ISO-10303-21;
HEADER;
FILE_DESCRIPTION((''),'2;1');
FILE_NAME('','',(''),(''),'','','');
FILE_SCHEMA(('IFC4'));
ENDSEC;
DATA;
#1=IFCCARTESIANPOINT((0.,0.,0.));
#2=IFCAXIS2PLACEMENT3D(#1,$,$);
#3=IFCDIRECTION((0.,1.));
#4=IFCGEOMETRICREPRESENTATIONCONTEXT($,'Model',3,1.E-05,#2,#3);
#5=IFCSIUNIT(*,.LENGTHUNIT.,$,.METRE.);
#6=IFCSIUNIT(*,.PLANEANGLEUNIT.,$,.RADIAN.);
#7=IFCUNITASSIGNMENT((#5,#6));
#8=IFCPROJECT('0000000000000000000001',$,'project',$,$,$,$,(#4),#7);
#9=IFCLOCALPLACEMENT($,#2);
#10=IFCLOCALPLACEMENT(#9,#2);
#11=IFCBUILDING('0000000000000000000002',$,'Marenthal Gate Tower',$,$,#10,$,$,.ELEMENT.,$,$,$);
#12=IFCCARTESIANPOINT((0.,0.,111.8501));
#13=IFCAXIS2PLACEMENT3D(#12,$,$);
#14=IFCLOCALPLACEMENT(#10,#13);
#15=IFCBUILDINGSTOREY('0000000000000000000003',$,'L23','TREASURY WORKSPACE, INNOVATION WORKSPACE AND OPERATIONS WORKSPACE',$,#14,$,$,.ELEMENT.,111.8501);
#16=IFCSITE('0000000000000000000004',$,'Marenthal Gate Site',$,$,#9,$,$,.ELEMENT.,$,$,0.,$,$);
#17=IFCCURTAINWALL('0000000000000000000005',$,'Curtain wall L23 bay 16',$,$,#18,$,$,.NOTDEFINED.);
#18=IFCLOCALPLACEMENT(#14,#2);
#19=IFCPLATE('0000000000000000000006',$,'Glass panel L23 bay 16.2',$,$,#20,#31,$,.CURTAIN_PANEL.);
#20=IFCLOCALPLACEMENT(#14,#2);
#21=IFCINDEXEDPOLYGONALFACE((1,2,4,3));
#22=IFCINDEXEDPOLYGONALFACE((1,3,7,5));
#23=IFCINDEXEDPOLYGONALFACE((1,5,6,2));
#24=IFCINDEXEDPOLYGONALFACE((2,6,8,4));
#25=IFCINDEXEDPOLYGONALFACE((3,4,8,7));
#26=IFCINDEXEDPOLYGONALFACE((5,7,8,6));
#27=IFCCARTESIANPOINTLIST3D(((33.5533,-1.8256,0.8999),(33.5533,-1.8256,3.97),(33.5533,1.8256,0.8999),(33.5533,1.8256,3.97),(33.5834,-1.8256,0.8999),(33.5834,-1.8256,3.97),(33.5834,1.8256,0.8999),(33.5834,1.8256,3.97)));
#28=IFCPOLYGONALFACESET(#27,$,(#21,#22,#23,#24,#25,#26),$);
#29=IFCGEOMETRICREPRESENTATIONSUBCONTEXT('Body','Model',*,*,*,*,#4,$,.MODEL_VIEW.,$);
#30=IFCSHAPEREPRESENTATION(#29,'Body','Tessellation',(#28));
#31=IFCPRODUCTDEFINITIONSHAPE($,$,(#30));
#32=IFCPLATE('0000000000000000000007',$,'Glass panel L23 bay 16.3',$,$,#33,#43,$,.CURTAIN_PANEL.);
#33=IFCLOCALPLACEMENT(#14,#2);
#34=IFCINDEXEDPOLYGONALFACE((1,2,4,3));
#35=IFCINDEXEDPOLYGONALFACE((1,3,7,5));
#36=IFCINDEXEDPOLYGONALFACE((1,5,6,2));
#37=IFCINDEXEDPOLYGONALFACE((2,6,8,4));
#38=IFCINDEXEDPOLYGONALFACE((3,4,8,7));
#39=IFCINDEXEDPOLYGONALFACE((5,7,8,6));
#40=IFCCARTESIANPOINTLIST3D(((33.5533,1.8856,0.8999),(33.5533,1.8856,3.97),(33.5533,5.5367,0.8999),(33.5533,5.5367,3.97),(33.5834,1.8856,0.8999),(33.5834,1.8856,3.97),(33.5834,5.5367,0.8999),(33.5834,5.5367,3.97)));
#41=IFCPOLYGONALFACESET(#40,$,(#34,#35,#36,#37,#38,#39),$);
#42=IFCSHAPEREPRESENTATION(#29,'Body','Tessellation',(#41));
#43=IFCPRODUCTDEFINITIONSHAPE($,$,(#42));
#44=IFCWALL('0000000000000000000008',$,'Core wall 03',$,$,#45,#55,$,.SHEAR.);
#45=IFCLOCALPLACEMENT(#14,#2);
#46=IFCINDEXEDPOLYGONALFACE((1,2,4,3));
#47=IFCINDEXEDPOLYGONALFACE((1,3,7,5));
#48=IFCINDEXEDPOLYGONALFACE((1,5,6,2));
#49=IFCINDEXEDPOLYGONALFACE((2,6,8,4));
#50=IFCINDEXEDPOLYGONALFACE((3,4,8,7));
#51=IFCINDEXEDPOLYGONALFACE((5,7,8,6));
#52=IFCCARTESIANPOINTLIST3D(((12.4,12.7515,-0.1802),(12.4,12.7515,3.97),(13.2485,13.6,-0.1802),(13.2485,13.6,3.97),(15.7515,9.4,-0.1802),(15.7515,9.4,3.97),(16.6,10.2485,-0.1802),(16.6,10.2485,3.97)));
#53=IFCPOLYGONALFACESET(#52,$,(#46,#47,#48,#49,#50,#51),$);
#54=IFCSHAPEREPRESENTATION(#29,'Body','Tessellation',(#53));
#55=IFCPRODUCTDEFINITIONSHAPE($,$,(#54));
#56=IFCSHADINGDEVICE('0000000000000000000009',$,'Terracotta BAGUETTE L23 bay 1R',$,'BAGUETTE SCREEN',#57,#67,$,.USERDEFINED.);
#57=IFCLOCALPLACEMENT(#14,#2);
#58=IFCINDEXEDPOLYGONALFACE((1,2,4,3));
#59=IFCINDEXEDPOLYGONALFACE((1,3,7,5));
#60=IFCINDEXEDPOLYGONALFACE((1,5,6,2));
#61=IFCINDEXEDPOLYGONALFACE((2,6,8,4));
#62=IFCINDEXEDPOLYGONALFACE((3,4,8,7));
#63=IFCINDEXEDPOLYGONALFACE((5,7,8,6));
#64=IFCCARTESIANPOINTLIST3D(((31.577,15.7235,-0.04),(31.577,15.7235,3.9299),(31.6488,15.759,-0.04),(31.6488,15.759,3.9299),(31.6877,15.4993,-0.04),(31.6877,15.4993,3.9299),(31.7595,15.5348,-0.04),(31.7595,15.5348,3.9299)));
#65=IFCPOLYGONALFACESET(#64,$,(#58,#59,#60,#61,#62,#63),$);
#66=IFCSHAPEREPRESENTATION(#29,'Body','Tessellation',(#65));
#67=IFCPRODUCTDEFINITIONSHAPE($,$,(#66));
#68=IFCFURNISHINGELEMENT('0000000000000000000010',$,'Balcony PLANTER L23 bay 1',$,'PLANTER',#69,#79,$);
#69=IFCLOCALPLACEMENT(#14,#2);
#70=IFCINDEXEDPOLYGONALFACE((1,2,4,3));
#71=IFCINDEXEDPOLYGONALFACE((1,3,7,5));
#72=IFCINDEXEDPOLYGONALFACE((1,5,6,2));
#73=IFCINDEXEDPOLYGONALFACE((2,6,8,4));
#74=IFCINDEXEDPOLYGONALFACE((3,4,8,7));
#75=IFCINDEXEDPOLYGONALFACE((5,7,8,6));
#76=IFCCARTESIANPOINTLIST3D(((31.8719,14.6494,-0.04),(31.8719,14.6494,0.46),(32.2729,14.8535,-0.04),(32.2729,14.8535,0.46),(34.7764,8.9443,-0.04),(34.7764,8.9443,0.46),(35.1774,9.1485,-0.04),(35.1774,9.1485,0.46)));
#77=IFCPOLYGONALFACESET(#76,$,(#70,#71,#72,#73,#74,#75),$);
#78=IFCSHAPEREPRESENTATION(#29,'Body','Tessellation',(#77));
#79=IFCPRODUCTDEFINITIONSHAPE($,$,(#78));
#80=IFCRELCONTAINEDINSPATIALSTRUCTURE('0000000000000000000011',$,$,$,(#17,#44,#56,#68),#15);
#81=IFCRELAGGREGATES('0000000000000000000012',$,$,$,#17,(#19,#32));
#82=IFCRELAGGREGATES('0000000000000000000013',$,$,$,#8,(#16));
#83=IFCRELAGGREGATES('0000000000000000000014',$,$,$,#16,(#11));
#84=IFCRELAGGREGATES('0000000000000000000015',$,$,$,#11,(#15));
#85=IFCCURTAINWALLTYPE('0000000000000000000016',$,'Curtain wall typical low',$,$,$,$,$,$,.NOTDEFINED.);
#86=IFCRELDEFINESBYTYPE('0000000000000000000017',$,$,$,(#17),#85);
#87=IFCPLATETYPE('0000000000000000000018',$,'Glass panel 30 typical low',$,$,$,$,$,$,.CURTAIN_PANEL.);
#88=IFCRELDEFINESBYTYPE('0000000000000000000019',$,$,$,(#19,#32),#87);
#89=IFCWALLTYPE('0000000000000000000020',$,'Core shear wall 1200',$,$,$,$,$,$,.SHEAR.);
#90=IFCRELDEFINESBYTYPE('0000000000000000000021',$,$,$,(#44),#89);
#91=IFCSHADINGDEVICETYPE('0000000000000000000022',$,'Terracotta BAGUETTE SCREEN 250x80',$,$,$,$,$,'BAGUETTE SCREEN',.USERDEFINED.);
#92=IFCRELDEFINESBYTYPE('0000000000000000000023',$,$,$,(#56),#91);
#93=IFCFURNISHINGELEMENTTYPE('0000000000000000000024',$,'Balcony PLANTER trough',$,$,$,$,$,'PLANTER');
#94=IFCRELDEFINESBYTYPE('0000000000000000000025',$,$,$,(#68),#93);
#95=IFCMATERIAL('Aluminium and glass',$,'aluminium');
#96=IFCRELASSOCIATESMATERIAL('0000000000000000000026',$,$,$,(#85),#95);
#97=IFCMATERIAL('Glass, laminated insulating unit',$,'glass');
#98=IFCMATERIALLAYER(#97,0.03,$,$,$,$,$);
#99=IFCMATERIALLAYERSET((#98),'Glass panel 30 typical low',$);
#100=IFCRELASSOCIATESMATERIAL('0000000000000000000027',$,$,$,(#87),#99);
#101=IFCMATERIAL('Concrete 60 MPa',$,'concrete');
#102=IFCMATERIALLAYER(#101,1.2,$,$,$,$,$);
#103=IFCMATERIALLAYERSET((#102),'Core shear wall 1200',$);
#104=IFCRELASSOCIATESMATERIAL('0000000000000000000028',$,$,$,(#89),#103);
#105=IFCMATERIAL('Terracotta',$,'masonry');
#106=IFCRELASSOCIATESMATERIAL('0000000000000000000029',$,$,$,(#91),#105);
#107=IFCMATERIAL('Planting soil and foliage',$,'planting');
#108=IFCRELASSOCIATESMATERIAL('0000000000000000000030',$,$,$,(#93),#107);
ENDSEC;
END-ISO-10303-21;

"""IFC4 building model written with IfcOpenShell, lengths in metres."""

from ifc_helpers import new_model, si_unit, direction, frame, frame_2d, origin, origin_2d, place, context, subcontext, project, spatial, rectangle, extrude, material, layer, layer_set, material_profile, profile_set, type_object, element, aggregate, save


model = new_model("IFC4")

# Units and contexts
model_context = context("Model", 3, precision=1e-05, world=origin(), true_north=direction((0.0, 1.0)))
body_context = subcontext(model_context, "Body", "Model", "MODEL_VIEW")
ifc_project = project(units=[si_unit("LENGTHUNIT", "METRE"), si_unit("PLANEANGLEUNIT", "RADIAN")], contexts=[model_context])

# Site, building, storey
site_placement = place(None, origin())
site = spatial("IfcSite", under=ifc_project, at=site_placement, Name="Marenthal Gate Site", CompositionType="ELEMENT", RefElevation=0.0)
building_placement = place(site_placement, origin())
building = spatial("IfcBuilding", under=site, at=building_placement, Name="Marenthal Gate Tower", CompositionType="ELEMENT")
storey_placement = place(building_placement, frame((0.0, 0.0, 111.8501)))
storey = spatial("IfcBuildingStorey", under=building, at=storey_placement, Name="L23", Description="TREASURY WORKSPACE, INNOVATION WORKSPACE AND OPERATIONS WORKSPACE", CompositionType="ELEMENT", Elevation=111.8501)

# Curtain wall
ifc_material_1 = material(Name="Aluminium and glass", Category="aluminium")
curtain_wall_type = type_object("IfcCurtainWallType", Name="Curtain wall typical low", PredefinedType="NOTDEFINED", material=ifc_material_1)
curtain_wall_placement = place(storey_placement, origin())
curtain_wall = element("IfcCurtainWall", 1, at=curtain_wall_placement, inside=storey, type_object=curtain_wall_type, Name="Curtain wall L23 bay 16", PredefinedType="NOTDEFINED")

# Plates
ifc_material_2 = material(Name="Glass, laminated insulating unit", Category="glass")
ifc_layer_1 = layer(ifc_material_2, 0.03)
ifc_layer_set_1 = layer_set([ifc_layer_1], Name="Glass panel 30 typical low")
plate_type = type_object("IfcPlateType", Name="Glass panel 30 typical low", PredefinedType="CURTAIN_PANEL", material=ifc_layer_set_1)
plate_1_placement = place(storey_placement, frame((33.5684, 0.0, 0.8999), z_axis=(0.0, 0.0, 1.0), x_axis=(0.0, 1.0, 0.0)))
plate_1 = element("IfcPlate", 2, at=plate_1_placement, type_object=plate_type, Name="Glass panel L23 bay 16.2", PredefinedType="CURTAIN_PANEL", context=body_context, shape_type="SweptSolid", body=[
    extrude(rectangle(XDim=3.6511, YDim=0.03, at=origin_2d()), origin(), (0.0, 0.0, 1.0), 3.0701),
])
plate_2_placement = place(storey_placement, frame((33.5684, 3.7112, 0.8999), z_axis=(0.0, 0.0, 1.0), x_axis=(0.0, 1.0, 0.0)))
plate_2 = element("IfcPlate", 3, at=plate_2_placement, type_object=plate_type, Name="Glass panel L23 bay 16.3", PredefinedType="CURTAIN_PANEL", context=body_context, shape_type="SweptSolid", body=[
    extrude(rectangle(XDim=3.6511, YDim=0.03, at=origin_2d()), origin(), (0.0, 0.0, 1.0), 3.0701),
])
aggregate(curtain_wall, [plate_1, plate_2])

# Wall
ifc_material_3 = material(Name="Concrete 60 MPa", Category="concrete")
ifc_layer_2 = layer(ifc_material_3, 1.2)
ifc_layer_set_2 = layer_set([ifc_layer_2], Name="Core shear wall 1200")
wall_type_1 = type_object("IfcWallType", Name="Core shear wall 1200", PredefinedType="SHEAR", material=ifc_layer_set_2)
wall_1_placement = place(storey_placement, frame((16.1758, 9.8242, -0.1802), z_axis=(0.0, 0.0, 1.0), x_axis=(-0.707107, 0.707107, 0.0)))
element("IfcWall", 4, at=wall_1_placement, inside=storey, type_object=wall_type_1, Name="Core wall 03", PredefinedType="SHEAR", context=body_context, shape_type="SweptSolid", body=[
    extrude(rectangle(XDim=4.7397, YDim=1.2, at=frame_2d((2.3699, 0.0))), origin(), (0.0, 0.0, 1.0), 4.1501),
])

# Shading device
ifc_material_4 = material(Name="Terracotta", Category="masonry")
ifc_material_profile_1 = material_profile(ifc_material_4, rectangle(XDim=0.25, YDim=0.0801, at=origin_2d()), Name="Terracotta baguette 250x80")
ifc_profile_set_1 = profile_set([ifc_material_profile_1], Name="Terracotta")
shading_device_type = type_object("IfcShadingDeviceType", Name="Terracotta BAGUETTE SCREEN 250x80", ElementType="BAGUETTE SCREEN", PredefinedType="USERDEFINED", material=ifc_profile_set_1)
shading_device_placement = place(storey_placement, frame((31.6682, 15.6292, -0.04), z_axis=(0.0, 0.0, 1.0), x_axis=(-0.442731, 0.896654, 0.0)))
element("IfcShadingDevice", 5, at=shading_device_placement, inside=storey, type_object=shading_device_type, Name="Terracotta BAGUETTE L23 bay 1R", ObjectType="BAGUETTE SCREEN", PredefinedType="USERDEFINED", context=body_context, shape_type="SweptSolid", body=[
    extrude(rectangle(XDim=0.25, YDim=0.0801, at=origin_2d()), origin(), (0.0, 0.0, 1.0), 3.97),
])

# Furnishing element
ifc_material_5 = material(Name="Planting soil and foliage", Category="planting")
furnishing_element_type = type_object("IfcFurnishingElementType", Name="Balcony PLANTER trough", ElementType="PLANTER", material=ifc_material_5)
furnishing_placement = place(storey_placement, frame((33.5247, 11.8989, -0.04), z_axis=(0.0, 0.0, 1.0), x_axis=(-0.453688, 0.891161, 0.0)))
element("IfcFurnishingElement", 6, at=furnishing_placement, inside=storey, type_object=furnishing_element_type, Name="Balcony PLANTER L23 bay 1", ObjectType="PLANTER", context=body_context, shape_type="SweptSolid", body=[
    extrude(rectangle(XDim=6.4019, YDim=0.45, at=origin_2d()), origin(), (0.0, 0.0, 1.0), 0.5),
])

save(model, "model.ifc")
